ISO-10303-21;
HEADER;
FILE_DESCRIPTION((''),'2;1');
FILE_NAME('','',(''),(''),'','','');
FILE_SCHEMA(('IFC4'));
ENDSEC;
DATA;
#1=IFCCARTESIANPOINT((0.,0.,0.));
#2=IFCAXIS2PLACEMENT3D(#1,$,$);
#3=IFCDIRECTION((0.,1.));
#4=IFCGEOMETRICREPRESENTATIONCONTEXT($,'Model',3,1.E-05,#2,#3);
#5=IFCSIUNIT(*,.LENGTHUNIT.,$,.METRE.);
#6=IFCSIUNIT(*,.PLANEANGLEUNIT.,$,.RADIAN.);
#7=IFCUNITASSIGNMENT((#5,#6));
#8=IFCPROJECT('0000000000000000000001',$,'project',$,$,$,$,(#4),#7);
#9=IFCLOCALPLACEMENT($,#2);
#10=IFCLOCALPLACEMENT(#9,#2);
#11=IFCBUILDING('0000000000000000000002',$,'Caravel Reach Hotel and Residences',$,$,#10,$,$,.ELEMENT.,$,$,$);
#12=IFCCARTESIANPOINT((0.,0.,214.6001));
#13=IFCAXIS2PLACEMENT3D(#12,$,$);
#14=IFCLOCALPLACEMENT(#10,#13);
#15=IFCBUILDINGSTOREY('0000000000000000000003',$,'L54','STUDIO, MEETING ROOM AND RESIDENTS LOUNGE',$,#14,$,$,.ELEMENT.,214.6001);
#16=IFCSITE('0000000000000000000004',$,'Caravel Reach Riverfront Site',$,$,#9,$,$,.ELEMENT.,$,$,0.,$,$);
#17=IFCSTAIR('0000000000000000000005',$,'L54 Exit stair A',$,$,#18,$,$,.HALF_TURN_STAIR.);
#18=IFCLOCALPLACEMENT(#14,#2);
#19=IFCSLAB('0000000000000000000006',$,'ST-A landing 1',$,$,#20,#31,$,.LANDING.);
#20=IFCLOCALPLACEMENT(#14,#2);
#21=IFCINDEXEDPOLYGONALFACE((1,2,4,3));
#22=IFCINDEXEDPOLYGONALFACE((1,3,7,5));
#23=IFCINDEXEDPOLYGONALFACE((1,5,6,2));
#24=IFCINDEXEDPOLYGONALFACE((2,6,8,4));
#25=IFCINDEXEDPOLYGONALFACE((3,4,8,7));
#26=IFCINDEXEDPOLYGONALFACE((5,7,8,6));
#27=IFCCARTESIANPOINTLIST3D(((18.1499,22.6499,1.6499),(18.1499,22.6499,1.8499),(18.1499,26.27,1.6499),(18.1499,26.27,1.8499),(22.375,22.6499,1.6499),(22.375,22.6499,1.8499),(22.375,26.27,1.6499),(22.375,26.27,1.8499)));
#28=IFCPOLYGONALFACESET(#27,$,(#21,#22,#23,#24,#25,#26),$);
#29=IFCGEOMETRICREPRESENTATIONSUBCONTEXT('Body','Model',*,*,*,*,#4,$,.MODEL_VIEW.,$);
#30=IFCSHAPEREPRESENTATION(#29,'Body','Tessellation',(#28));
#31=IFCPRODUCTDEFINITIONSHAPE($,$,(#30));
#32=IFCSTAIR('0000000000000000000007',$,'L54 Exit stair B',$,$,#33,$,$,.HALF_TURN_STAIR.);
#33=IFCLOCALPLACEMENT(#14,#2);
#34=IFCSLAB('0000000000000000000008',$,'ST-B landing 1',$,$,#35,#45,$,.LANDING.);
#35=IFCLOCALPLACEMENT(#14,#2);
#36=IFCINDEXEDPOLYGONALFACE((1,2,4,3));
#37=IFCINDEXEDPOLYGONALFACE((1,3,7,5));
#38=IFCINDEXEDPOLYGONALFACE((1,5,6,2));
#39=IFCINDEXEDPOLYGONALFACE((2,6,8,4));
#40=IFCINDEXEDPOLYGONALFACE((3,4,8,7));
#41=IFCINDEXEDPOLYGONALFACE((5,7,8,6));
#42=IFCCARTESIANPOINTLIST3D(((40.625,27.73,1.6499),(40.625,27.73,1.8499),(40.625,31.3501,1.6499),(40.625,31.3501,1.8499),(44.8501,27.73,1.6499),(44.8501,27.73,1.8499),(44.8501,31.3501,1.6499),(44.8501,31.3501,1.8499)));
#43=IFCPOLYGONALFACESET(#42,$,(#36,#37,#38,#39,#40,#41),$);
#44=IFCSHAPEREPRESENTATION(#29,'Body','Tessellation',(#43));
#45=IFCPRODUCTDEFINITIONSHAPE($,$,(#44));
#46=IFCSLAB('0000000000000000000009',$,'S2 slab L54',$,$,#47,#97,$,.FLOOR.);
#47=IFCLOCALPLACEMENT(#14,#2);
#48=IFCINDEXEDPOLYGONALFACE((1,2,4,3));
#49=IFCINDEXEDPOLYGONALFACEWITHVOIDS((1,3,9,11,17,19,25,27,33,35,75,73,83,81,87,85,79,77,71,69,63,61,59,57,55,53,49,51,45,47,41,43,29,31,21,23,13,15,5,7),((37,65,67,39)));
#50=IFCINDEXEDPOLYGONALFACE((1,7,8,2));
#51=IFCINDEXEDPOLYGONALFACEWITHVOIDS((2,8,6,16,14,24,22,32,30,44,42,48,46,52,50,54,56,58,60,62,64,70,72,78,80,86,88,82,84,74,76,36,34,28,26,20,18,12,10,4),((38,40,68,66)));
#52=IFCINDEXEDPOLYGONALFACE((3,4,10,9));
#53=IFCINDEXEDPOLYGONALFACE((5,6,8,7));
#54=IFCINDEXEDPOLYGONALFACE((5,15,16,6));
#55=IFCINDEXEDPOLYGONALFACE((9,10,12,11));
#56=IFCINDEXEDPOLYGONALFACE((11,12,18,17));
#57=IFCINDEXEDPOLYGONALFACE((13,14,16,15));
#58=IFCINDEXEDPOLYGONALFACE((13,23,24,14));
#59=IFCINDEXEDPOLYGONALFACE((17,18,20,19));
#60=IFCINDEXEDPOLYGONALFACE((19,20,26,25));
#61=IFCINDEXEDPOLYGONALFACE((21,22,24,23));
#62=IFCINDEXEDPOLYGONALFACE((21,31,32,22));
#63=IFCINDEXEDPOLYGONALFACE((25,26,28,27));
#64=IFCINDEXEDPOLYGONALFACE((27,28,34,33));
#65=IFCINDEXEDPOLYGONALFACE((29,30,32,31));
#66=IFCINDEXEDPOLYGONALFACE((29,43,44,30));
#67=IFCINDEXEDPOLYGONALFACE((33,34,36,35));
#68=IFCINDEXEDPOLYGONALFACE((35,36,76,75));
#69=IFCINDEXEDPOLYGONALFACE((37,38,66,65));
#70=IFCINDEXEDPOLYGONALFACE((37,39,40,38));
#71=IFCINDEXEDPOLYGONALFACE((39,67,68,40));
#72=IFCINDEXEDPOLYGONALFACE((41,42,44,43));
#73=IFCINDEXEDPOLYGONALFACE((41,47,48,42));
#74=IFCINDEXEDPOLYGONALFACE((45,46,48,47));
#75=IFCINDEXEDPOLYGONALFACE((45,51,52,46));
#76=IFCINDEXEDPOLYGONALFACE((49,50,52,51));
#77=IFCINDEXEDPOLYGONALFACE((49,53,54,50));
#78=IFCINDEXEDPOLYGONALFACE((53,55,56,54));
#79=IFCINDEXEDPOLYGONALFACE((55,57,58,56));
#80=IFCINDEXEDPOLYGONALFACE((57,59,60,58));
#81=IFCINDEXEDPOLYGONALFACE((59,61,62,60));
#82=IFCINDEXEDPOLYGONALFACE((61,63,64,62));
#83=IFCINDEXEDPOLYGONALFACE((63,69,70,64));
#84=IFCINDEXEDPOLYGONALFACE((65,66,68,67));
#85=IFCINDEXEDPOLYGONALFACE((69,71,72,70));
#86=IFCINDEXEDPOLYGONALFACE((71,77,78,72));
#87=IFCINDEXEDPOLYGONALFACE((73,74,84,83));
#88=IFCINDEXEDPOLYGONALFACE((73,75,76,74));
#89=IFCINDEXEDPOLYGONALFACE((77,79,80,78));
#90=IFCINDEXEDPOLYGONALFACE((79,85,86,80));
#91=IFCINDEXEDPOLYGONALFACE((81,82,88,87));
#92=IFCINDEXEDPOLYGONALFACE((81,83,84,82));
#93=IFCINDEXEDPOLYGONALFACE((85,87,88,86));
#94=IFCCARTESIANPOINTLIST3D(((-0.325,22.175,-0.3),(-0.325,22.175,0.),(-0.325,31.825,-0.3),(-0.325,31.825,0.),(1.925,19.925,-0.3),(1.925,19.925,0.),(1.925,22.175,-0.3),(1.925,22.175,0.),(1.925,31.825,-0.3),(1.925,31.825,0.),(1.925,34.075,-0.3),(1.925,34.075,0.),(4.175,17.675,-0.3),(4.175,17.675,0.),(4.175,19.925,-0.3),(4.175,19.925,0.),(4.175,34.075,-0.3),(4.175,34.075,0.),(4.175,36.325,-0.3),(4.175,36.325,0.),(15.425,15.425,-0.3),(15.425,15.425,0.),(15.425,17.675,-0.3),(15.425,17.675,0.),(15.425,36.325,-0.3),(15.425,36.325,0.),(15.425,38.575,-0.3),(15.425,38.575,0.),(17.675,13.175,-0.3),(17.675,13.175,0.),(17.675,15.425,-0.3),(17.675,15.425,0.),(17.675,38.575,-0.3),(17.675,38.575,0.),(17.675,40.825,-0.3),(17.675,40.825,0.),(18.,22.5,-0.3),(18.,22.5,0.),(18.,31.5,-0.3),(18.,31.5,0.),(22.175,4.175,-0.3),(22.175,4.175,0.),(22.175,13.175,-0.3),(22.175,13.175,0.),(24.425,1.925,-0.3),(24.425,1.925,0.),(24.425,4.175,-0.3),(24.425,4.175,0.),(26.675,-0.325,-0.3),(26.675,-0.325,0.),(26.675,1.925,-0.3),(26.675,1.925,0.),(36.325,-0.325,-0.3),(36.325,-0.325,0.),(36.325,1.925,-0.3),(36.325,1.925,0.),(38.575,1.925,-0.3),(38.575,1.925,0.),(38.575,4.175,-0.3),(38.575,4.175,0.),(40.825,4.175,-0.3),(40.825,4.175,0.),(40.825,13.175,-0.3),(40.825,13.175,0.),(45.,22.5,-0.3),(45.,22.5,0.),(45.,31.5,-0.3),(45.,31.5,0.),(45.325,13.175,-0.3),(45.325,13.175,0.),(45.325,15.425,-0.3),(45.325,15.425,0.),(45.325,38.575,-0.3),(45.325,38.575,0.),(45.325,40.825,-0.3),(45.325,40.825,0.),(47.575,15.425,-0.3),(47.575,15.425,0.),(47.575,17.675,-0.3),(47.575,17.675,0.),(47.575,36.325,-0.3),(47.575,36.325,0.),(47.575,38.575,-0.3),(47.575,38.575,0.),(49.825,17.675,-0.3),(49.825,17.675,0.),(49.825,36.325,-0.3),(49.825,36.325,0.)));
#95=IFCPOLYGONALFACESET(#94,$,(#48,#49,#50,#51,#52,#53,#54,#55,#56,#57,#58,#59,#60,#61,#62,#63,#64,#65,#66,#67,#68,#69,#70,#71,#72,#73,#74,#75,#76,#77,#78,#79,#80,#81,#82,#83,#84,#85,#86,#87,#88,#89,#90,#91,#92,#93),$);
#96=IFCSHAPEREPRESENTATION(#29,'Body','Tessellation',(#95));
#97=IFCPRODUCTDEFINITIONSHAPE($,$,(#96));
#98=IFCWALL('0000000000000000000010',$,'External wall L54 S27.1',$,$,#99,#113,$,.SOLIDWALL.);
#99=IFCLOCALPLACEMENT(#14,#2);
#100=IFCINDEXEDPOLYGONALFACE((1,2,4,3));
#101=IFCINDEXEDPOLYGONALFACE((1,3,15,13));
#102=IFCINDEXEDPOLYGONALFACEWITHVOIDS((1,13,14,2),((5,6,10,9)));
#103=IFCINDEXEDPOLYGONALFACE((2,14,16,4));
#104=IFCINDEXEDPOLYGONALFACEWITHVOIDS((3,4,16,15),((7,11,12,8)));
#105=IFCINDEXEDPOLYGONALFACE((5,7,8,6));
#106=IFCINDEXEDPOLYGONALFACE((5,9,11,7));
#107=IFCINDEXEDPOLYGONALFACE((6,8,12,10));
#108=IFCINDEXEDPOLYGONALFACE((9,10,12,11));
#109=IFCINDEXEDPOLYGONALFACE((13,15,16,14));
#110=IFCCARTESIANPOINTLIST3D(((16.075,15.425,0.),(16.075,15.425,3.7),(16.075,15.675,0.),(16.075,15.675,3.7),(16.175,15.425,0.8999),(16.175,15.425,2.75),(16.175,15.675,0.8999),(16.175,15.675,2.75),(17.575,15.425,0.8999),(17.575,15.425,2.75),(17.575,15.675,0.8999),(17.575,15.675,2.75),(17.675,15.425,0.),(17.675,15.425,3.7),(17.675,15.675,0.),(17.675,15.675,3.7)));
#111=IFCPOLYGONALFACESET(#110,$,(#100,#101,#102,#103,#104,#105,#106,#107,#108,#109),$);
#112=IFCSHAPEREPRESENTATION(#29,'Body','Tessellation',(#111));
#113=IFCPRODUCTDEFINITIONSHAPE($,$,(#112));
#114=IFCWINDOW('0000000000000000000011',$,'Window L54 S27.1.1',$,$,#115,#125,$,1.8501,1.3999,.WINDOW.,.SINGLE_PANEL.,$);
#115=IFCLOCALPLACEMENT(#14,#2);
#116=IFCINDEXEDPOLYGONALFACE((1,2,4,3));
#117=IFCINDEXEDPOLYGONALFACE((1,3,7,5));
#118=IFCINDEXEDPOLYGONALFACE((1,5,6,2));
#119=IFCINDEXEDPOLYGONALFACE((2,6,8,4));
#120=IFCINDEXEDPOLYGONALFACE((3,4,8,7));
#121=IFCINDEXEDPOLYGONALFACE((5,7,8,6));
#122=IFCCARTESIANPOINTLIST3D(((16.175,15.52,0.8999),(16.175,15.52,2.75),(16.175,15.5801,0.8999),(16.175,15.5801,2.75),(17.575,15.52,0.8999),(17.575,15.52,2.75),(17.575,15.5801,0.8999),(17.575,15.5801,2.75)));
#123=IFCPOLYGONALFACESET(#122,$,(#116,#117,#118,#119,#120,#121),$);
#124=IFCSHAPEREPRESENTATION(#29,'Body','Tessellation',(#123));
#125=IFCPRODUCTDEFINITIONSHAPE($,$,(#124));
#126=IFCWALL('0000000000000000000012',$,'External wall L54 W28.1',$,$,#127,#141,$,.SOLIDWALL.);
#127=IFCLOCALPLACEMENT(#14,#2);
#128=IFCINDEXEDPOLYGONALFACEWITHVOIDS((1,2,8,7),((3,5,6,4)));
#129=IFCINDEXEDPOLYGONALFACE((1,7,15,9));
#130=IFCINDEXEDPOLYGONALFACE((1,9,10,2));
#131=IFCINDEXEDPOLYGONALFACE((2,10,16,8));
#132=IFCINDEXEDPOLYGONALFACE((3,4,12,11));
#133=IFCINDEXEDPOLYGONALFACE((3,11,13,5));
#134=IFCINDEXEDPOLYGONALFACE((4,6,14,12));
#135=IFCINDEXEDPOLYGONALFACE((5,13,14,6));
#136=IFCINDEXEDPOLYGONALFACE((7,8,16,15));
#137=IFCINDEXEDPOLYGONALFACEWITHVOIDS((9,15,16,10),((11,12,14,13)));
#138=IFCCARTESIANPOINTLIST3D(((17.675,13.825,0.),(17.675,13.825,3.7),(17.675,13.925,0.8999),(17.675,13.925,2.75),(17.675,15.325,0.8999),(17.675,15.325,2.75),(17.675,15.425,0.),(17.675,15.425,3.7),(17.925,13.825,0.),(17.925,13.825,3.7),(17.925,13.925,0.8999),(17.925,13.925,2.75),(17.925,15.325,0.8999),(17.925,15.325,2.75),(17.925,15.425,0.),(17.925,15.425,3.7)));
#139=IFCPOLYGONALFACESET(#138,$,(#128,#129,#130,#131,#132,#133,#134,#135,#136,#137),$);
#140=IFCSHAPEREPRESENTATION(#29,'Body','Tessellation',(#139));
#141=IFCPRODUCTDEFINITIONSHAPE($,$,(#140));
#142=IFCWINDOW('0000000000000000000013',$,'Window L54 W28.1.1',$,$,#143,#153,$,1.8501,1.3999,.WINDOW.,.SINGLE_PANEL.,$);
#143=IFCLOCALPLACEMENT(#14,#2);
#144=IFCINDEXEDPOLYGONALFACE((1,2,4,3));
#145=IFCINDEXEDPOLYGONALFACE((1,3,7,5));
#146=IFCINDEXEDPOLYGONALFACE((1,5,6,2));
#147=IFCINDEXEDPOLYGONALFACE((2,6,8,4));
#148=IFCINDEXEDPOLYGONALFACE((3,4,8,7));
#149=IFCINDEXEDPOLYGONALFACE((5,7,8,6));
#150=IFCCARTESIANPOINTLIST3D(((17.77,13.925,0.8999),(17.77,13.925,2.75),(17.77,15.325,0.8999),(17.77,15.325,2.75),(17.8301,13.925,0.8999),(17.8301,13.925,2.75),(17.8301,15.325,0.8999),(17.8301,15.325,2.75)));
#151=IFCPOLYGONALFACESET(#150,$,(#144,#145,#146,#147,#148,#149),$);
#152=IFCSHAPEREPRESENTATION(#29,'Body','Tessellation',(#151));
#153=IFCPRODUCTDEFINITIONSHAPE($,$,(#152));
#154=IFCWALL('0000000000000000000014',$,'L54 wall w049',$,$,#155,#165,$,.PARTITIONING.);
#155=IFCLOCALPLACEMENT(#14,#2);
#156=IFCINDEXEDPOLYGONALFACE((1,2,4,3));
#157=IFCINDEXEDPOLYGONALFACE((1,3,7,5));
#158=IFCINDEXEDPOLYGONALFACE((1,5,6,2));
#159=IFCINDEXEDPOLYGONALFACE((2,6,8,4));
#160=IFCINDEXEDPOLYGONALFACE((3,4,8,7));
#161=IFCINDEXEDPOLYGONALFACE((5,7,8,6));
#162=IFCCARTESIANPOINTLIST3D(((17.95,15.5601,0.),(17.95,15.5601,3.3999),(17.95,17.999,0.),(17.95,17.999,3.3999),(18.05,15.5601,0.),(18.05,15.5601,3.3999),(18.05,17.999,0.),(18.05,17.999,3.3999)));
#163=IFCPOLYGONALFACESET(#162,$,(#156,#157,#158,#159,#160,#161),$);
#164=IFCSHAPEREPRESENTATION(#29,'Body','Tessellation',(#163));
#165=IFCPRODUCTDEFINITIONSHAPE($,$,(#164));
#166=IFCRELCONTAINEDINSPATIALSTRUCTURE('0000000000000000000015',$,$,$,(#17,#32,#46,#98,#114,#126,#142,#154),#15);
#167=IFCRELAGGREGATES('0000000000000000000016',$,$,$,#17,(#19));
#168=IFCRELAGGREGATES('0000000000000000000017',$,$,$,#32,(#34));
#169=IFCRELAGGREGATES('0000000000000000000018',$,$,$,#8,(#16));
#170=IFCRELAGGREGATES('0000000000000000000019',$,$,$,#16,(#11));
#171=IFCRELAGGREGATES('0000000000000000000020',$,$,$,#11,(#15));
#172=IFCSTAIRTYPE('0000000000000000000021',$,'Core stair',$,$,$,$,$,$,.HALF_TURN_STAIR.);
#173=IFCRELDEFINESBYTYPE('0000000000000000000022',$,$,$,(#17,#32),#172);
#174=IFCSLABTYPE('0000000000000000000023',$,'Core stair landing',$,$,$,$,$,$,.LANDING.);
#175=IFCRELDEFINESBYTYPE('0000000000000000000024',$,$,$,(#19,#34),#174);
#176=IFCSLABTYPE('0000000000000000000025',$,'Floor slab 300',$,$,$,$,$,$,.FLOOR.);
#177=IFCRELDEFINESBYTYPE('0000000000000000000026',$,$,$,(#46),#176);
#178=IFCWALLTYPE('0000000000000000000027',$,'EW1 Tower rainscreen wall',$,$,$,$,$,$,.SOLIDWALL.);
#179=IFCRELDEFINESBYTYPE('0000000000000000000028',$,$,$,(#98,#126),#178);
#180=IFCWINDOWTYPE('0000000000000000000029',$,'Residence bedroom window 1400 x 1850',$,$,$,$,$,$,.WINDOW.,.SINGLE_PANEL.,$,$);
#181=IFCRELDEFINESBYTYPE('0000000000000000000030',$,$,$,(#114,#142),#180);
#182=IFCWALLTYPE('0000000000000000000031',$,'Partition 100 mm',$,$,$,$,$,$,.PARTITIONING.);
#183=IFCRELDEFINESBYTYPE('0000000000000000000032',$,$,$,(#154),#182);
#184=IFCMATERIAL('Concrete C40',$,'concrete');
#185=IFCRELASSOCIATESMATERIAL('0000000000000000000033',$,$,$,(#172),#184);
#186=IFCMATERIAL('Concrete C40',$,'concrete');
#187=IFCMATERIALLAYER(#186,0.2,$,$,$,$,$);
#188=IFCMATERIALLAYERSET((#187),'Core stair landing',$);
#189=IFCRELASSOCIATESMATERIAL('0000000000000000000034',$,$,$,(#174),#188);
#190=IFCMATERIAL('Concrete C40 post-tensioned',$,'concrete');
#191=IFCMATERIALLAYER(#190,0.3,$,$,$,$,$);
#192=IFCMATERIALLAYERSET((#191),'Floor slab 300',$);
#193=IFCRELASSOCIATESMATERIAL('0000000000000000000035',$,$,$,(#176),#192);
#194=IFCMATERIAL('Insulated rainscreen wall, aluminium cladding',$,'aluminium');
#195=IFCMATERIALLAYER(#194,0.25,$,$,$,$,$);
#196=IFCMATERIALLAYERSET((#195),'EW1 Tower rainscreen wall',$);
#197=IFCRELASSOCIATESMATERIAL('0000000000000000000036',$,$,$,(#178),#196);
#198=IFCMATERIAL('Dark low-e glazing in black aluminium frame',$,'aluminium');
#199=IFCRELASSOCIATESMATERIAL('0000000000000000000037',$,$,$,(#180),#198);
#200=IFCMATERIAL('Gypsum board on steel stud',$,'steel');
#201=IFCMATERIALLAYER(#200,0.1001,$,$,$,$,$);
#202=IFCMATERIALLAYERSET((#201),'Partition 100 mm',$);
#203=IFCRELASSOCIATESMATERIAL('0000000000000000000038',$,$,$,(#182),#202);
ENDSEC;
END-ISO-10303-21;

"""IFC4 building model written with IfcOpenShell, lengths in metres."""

from ifc_helpers import new_model, si_unit, direction, frame, frame_2d, origin, place, context, subcontext, project, spatial, polyline, rectangle, outline, extrude, material, layer, layer_set, type_object, element, fill, aggregate, save


model = new_model("IFC4")

# Units and contexts
model_context = context("Model", 3, precision=1e-05, world=origin(), true_north=direction((0.0, 1.0)))
body_context = subcontext(model_context, "Body", "Model", "MODEL_VIEW")
ifc_project = project(units=[si_unit("LENGTHUNIT", "METRE"), si_unit("PLANEANGLEUNIT", "RADIAN")], contexts=[model_context])

# Site, building, storey
site_placement = place(None, origin())
site = spatial("IfcSite", under=ifc_project, at=site_placement, Name="Caravel Reach Riverfront Site", CompositionType="ELEMENT", RefElevation=0.0)
building_placement = place(site_placement, origin())
building = spatial("IfcBuilding", under=site, at=building_placement, Name="Caravel Reach Hotel and Residences", CompositionType="ELEMENT")
storey_placement = place(building_placement, frame((0.0, 0.0, 214.6001)))
storey = spatial("IfcBuildingStorey", under=building, at=storey_placement, Name="L54", Description="STUDIO, MEETING ROOM AND RESIDENTS LOUNGE", CompositionType="ELEMENT", Elevation=214.6001)

# Stairs, slabs
ifc_material_1 = material(Name="Concrete C40", Category="concrete")
stair_type = type_object("IfcStairType", Name="Core stair", PredefinedType="HALF_TURN_STAIR", material=ifc_material_1)
stair_1_placement = place(storey_placement, origin())
stair_1 = element("IfcStair", 1, at=stair_1_placement, inside=storey, type_object=stair_type, Name="L54 Exit stair A", PredefinedType="HALF_TURN_STAIR")
ifc_material_2 = material(Name="Concrete C40", Category="concrete")
ifc_layer_1 = layer(ifc_material_2, 0.2)
ifc_layer_set_1 = layer_set([ifc_layer_1], Name="Core stair landing")
slab_type_1 = type_object("IfcSlabType", Name="Core stair landing", PredefinedType="LANDING", material=ifc_layer_set_1)
slab_1_placement = place(storey_placement, frame((0.0, 0.0, 1.6499)))
slab_1 = element("IfcSlab", 2, at=slab_1_placement, type_object=slab_type_1, Name="ST-A landing 1", PredefinedType="LANDING", context=body_context, shape_type="SweptSolid", body=[
    extrude(outline(polyline([(18.1499, 26.27), (18.1499, 22.6499), (22.375, 22.6499), (22.375, 26.27), (18.1499, 26.27)])), origin(), (0.0, 0.0, 1.0), 0.2),
])
aggregate(stair_1, [slab_1])
stair_2_placement = place(storey_placement, origin())
stair_2 = element("IfcStair", 3, at=stair_2_placement, inside=storey, type_object=stair_type, Name="L54 Exit stair B", PredefinedType="HALF_TURN_STAIR")
slab_2_placement = place(storey_placement, frame((0.0, 0.0, 1.6499)))
slab_2 = element("IfcSlab", 4, at=slab_2_placement, type_object=slab_type_1, Name="ST-B landing 1", PredefinedType="LANDING", context=body_context, shape_type="SweptSolid", body=[
    extrude(outline(polyline([(44.8501, 27.73), (44.8501, 31.3501), (40.625, 31.3501), (40.625, 27.73), (44.8501, 27.73)])), origin(), (0.0, 0.0, 1.0), 0.2),
])
aggregate(stair_2, [slab_2])

# Slab
ifc_material_3 = material(Name="Concrete C40 post-tensioned", Category="concrete")
ifc_layer_2 = layer(ifc_material_3, 0.3)
ifc_layer_set_2 = layer_set([ifc_layer_2], Name="Floor slab 300")
slab_type_2 = type_object("IfcSlabType", Name="Floor slab 300", PredefinedType="FLOOR", material=ifc_layer_set_2)
slab_3_placement = place(storey_placement, frame((0.0, 0.0, -0.3)))
element("IfcSlab", 5, at=slab_3_placement, inside=storey, type_object=slab_type_2, Name="S2 slab L54", PredefinedType="FLOOR", context=body_context, shape_type="SweptSolid", body=[
    extrude(outline(polyline([(38.575, 4.175), (38.575, 1.925), (36.325, 1.925), (36.325, -0.325), (26.675, -0.325), (26.675, 1.925), (24.425, 1.925), (24.425, 4.175), (22.175, 4.175), (22.175, 13.175), (17.675, 13.175), (17.675, 15.425), (15.425, 15.425), (15.425, 17.675), (4.175, 17.675), (4.175, 19.925), (1.925, 19.925), (1.925, 22.175), (-0.325, 22.175), (-0.325, 31.825), (1.925, 31.825), (1.925, 34.075), (4.175, 34.075), (4.175, 36.325), (15.425, 36.325), (15.425, 38.575), (17.675, 38.575), (17.675, 40.825), (45.325, 40.825), (45.325, 38.575), (47.575, 38.575), (47.575, 36.325), (49.825, 36.325), (49.825, 17.675), (47.575, 17.675), (47.575, 15.425), (45.325, 15.425), (45.325, 13.175), (40.825, 13.175), (40.825, 4.175), (38.575, 4.175)]), holes=[polyline([(45.0, 31.5), (18.0, 31.5), (18.0, 22.5), (45.0, 22.5), (45.0, 31.5)])]), origin(), (0.0, 0.0, 1.0), 0.3),
])

# Walls, openings, windows
ifc_material_4 = material(Name="Insulated rainscreen wall, aluminium cladding", Category="aluminium")
ifc_layer_3 = layer(ifc_material_4, 0.25)
ifc_layer_set_3 = layer_set([ifc_layer_3], Name="EW1 Tower rainscreen wall")
wall_type_1 = type_object("IfcWallType", Name="EW1 Tower rainscreen wall", PredefinedType="SOLIDWALL", material=ifc_layer_set_3)
wall_1_placement = place(storey_placement, frame((16.075, 15.55, 0.0), z_axis=(0.0, 0.0, 1.0), x_axis=(1.0, 0.0, 0.0)))
wall_1 = element("IfcWall", 6, at=wall_1_placement, inside=storey, type_object=wall_type_1, Name="External wall L54 S27.1", PredefinedType="SOLIDWALL", context=body_context, shape_type="SweptSolid", body=[
    extrude(rectangle(XDim=1.6001, YDim=0.25, at=frame_2d((0.8, 0.0))), origin(), (0.0, 0.0, 1.0), 3.7),
])
opening_1_placement = place(wall_1_placement, frame((0.1001, 0.0, 0.8999)))
opening_1 = element("IfcOpeningElement", 7, at=opening_1_placement, cuts=wall_1, PredefinedType="OPENING", context=body_context, shape_type="SweptSolid", body=[
    extrude(rectangle(XDim=1.3999, YDim=1.8501, at=frame_2d((0.7, 0.925))), frame((0.0, 0.135, 0.0), z_axis=(0.0, -1.0, 0.0), x_axis=(1.0, 0.0, 0.0)), (0.0, 0.0, 1.0), 0.27),
])
ifc_material_5 = material(Name="Dark low-e glazing in black aluminium frame", Category="aluminium")
window_type = type_object("IfcWindowType", Name="Residence bedroom window 1400 x 1850", PartitioningType="SINGLE_PANEL", PredefinedType="WINDOW", material=ifc_material_5)
window_1_placement = place(opening_1_placement, origin())
window_1 = element("IfcWindow", 8, at=window_1_placement, inside=storey, type_object=window_type, Name="Window L54 S27.1.1", OverallHeight=1.8501, OverallWidth=1.3999, PartitioningType="SINGLE_PANEL", PredefinedType="WINDOW", context=body_context, shape_type="SweptSolid", body=[
    extrude(rectangle(XDim=1.3999, YDim=1.8501, at=frame_2d((0.7, 0.925))), frame((0.0, 0.03, 0.0), z_axis=(0.0, -1.0, 0.0), x_axis=(1.0, 0.0, 0.0)), (0.0, 0.0, 1.0), 0.0601),
])
fill(opening_1, window_1)
wall_2_placement = place(storey_placement, frame((17.8, 15.425, 0.0), z_axis=(0.0, 0.0, 1.0), x_axis=(0.0, -1.0, 0.0)))
wall_2 = element("IfcWall", 9, at=wall_2_placement, inside=storey, type_object=wall_type_1, Name="External wall L54 W28.1", PredefinedType="SOLIDWALL", context=body_context, shape_type="SweptSolid", body=[
    extrude(rectangle(XDim=1.6001, YDim=0.25, at=frame_2d((0.8, 0.0))), origin(), (0.0, 0.0, 1.0), 3.7),
])
opening_2_placement = place(wall_2_placement, frame((0.1001, 0.0, 0.8999)))
opening_2 = element("IfcOpeningElement", 10, at=opening_2_placement, cuts=wall_2, PredefinedType="OPENING", context=body_context, shape_type="SweptSolid", body=[
    extrude(rectangle(XDim=1.3999, YDim=1.8501, at=frame_2d((0.7, 0.925))), frame((0.0, 0.135, 0.0), z_axis=(0.0, -1.0, 0.0), x_axis=(1.0, 0.0, 0.0)), (0.0, 0.0, 1.0), 0.27),
])
window_2_placement = place(opening_2_placement, origin())
window_2 = element("IfcWindow", 11, at=window_2_placement, inside=storey, type_object=window_type, Name="Window L54 W28.1.1", OverallHeight=1.8501, OverallWidth=1.3999, PartitioningType="SINGLE_PANEL", PredefinedType="WINDOW", context=body_context, shape_type="SweptSolid", body=[
    extrude(rectangle(XDim=1.3999, YDim=1.8501, at=frame_2d((0.7, 0.925))), frame((0.0, 0.03, 0.0), z_axis=(0.0, -1.0, 0.0), x_axis=(1.0, 0.0, 0.0)), (0.0, 0.0, 1.0), 0.0601),
])
fill(opening_2, window_2)

# Wall
ifc_material_6 = material(Name="Gypsum board on steel stud", Category="steel")
ifc_layer_4 = layer(ifc_material_6, 0.1001)
ifc_layer_set_4 = layer_set([ifc_layer_4], Name="Partition 100 mm")
wall_type_2 = type_object("IfcWallType", Name="Partition 100 mm", PredefinedType="PARTITIONING", material=ifc_layer_set_4)
wall_3_placement = place(storey_placement, frame((18.0, 15.5601, 0.0), z_axis=(0.0, 0.0, 1.0), x_axis=(0.0, 1.0, 0.0)))
element("IfcWall", 12, at=wall_3_placement, inside=storey, type_object=wall_type_2, Name="L54 wall w049", PredefinedType="PARTITIONING", context=body_context, shape_type="SweptSolid", body=[
    extrude(rectangle(XDim=2.439, YDim=0.1001, at=frame_2d((1.2195, 0.0))), origin(), (0.0, 0.0, 1.0), 3.3999),
])

save(model, "model.ifc")
